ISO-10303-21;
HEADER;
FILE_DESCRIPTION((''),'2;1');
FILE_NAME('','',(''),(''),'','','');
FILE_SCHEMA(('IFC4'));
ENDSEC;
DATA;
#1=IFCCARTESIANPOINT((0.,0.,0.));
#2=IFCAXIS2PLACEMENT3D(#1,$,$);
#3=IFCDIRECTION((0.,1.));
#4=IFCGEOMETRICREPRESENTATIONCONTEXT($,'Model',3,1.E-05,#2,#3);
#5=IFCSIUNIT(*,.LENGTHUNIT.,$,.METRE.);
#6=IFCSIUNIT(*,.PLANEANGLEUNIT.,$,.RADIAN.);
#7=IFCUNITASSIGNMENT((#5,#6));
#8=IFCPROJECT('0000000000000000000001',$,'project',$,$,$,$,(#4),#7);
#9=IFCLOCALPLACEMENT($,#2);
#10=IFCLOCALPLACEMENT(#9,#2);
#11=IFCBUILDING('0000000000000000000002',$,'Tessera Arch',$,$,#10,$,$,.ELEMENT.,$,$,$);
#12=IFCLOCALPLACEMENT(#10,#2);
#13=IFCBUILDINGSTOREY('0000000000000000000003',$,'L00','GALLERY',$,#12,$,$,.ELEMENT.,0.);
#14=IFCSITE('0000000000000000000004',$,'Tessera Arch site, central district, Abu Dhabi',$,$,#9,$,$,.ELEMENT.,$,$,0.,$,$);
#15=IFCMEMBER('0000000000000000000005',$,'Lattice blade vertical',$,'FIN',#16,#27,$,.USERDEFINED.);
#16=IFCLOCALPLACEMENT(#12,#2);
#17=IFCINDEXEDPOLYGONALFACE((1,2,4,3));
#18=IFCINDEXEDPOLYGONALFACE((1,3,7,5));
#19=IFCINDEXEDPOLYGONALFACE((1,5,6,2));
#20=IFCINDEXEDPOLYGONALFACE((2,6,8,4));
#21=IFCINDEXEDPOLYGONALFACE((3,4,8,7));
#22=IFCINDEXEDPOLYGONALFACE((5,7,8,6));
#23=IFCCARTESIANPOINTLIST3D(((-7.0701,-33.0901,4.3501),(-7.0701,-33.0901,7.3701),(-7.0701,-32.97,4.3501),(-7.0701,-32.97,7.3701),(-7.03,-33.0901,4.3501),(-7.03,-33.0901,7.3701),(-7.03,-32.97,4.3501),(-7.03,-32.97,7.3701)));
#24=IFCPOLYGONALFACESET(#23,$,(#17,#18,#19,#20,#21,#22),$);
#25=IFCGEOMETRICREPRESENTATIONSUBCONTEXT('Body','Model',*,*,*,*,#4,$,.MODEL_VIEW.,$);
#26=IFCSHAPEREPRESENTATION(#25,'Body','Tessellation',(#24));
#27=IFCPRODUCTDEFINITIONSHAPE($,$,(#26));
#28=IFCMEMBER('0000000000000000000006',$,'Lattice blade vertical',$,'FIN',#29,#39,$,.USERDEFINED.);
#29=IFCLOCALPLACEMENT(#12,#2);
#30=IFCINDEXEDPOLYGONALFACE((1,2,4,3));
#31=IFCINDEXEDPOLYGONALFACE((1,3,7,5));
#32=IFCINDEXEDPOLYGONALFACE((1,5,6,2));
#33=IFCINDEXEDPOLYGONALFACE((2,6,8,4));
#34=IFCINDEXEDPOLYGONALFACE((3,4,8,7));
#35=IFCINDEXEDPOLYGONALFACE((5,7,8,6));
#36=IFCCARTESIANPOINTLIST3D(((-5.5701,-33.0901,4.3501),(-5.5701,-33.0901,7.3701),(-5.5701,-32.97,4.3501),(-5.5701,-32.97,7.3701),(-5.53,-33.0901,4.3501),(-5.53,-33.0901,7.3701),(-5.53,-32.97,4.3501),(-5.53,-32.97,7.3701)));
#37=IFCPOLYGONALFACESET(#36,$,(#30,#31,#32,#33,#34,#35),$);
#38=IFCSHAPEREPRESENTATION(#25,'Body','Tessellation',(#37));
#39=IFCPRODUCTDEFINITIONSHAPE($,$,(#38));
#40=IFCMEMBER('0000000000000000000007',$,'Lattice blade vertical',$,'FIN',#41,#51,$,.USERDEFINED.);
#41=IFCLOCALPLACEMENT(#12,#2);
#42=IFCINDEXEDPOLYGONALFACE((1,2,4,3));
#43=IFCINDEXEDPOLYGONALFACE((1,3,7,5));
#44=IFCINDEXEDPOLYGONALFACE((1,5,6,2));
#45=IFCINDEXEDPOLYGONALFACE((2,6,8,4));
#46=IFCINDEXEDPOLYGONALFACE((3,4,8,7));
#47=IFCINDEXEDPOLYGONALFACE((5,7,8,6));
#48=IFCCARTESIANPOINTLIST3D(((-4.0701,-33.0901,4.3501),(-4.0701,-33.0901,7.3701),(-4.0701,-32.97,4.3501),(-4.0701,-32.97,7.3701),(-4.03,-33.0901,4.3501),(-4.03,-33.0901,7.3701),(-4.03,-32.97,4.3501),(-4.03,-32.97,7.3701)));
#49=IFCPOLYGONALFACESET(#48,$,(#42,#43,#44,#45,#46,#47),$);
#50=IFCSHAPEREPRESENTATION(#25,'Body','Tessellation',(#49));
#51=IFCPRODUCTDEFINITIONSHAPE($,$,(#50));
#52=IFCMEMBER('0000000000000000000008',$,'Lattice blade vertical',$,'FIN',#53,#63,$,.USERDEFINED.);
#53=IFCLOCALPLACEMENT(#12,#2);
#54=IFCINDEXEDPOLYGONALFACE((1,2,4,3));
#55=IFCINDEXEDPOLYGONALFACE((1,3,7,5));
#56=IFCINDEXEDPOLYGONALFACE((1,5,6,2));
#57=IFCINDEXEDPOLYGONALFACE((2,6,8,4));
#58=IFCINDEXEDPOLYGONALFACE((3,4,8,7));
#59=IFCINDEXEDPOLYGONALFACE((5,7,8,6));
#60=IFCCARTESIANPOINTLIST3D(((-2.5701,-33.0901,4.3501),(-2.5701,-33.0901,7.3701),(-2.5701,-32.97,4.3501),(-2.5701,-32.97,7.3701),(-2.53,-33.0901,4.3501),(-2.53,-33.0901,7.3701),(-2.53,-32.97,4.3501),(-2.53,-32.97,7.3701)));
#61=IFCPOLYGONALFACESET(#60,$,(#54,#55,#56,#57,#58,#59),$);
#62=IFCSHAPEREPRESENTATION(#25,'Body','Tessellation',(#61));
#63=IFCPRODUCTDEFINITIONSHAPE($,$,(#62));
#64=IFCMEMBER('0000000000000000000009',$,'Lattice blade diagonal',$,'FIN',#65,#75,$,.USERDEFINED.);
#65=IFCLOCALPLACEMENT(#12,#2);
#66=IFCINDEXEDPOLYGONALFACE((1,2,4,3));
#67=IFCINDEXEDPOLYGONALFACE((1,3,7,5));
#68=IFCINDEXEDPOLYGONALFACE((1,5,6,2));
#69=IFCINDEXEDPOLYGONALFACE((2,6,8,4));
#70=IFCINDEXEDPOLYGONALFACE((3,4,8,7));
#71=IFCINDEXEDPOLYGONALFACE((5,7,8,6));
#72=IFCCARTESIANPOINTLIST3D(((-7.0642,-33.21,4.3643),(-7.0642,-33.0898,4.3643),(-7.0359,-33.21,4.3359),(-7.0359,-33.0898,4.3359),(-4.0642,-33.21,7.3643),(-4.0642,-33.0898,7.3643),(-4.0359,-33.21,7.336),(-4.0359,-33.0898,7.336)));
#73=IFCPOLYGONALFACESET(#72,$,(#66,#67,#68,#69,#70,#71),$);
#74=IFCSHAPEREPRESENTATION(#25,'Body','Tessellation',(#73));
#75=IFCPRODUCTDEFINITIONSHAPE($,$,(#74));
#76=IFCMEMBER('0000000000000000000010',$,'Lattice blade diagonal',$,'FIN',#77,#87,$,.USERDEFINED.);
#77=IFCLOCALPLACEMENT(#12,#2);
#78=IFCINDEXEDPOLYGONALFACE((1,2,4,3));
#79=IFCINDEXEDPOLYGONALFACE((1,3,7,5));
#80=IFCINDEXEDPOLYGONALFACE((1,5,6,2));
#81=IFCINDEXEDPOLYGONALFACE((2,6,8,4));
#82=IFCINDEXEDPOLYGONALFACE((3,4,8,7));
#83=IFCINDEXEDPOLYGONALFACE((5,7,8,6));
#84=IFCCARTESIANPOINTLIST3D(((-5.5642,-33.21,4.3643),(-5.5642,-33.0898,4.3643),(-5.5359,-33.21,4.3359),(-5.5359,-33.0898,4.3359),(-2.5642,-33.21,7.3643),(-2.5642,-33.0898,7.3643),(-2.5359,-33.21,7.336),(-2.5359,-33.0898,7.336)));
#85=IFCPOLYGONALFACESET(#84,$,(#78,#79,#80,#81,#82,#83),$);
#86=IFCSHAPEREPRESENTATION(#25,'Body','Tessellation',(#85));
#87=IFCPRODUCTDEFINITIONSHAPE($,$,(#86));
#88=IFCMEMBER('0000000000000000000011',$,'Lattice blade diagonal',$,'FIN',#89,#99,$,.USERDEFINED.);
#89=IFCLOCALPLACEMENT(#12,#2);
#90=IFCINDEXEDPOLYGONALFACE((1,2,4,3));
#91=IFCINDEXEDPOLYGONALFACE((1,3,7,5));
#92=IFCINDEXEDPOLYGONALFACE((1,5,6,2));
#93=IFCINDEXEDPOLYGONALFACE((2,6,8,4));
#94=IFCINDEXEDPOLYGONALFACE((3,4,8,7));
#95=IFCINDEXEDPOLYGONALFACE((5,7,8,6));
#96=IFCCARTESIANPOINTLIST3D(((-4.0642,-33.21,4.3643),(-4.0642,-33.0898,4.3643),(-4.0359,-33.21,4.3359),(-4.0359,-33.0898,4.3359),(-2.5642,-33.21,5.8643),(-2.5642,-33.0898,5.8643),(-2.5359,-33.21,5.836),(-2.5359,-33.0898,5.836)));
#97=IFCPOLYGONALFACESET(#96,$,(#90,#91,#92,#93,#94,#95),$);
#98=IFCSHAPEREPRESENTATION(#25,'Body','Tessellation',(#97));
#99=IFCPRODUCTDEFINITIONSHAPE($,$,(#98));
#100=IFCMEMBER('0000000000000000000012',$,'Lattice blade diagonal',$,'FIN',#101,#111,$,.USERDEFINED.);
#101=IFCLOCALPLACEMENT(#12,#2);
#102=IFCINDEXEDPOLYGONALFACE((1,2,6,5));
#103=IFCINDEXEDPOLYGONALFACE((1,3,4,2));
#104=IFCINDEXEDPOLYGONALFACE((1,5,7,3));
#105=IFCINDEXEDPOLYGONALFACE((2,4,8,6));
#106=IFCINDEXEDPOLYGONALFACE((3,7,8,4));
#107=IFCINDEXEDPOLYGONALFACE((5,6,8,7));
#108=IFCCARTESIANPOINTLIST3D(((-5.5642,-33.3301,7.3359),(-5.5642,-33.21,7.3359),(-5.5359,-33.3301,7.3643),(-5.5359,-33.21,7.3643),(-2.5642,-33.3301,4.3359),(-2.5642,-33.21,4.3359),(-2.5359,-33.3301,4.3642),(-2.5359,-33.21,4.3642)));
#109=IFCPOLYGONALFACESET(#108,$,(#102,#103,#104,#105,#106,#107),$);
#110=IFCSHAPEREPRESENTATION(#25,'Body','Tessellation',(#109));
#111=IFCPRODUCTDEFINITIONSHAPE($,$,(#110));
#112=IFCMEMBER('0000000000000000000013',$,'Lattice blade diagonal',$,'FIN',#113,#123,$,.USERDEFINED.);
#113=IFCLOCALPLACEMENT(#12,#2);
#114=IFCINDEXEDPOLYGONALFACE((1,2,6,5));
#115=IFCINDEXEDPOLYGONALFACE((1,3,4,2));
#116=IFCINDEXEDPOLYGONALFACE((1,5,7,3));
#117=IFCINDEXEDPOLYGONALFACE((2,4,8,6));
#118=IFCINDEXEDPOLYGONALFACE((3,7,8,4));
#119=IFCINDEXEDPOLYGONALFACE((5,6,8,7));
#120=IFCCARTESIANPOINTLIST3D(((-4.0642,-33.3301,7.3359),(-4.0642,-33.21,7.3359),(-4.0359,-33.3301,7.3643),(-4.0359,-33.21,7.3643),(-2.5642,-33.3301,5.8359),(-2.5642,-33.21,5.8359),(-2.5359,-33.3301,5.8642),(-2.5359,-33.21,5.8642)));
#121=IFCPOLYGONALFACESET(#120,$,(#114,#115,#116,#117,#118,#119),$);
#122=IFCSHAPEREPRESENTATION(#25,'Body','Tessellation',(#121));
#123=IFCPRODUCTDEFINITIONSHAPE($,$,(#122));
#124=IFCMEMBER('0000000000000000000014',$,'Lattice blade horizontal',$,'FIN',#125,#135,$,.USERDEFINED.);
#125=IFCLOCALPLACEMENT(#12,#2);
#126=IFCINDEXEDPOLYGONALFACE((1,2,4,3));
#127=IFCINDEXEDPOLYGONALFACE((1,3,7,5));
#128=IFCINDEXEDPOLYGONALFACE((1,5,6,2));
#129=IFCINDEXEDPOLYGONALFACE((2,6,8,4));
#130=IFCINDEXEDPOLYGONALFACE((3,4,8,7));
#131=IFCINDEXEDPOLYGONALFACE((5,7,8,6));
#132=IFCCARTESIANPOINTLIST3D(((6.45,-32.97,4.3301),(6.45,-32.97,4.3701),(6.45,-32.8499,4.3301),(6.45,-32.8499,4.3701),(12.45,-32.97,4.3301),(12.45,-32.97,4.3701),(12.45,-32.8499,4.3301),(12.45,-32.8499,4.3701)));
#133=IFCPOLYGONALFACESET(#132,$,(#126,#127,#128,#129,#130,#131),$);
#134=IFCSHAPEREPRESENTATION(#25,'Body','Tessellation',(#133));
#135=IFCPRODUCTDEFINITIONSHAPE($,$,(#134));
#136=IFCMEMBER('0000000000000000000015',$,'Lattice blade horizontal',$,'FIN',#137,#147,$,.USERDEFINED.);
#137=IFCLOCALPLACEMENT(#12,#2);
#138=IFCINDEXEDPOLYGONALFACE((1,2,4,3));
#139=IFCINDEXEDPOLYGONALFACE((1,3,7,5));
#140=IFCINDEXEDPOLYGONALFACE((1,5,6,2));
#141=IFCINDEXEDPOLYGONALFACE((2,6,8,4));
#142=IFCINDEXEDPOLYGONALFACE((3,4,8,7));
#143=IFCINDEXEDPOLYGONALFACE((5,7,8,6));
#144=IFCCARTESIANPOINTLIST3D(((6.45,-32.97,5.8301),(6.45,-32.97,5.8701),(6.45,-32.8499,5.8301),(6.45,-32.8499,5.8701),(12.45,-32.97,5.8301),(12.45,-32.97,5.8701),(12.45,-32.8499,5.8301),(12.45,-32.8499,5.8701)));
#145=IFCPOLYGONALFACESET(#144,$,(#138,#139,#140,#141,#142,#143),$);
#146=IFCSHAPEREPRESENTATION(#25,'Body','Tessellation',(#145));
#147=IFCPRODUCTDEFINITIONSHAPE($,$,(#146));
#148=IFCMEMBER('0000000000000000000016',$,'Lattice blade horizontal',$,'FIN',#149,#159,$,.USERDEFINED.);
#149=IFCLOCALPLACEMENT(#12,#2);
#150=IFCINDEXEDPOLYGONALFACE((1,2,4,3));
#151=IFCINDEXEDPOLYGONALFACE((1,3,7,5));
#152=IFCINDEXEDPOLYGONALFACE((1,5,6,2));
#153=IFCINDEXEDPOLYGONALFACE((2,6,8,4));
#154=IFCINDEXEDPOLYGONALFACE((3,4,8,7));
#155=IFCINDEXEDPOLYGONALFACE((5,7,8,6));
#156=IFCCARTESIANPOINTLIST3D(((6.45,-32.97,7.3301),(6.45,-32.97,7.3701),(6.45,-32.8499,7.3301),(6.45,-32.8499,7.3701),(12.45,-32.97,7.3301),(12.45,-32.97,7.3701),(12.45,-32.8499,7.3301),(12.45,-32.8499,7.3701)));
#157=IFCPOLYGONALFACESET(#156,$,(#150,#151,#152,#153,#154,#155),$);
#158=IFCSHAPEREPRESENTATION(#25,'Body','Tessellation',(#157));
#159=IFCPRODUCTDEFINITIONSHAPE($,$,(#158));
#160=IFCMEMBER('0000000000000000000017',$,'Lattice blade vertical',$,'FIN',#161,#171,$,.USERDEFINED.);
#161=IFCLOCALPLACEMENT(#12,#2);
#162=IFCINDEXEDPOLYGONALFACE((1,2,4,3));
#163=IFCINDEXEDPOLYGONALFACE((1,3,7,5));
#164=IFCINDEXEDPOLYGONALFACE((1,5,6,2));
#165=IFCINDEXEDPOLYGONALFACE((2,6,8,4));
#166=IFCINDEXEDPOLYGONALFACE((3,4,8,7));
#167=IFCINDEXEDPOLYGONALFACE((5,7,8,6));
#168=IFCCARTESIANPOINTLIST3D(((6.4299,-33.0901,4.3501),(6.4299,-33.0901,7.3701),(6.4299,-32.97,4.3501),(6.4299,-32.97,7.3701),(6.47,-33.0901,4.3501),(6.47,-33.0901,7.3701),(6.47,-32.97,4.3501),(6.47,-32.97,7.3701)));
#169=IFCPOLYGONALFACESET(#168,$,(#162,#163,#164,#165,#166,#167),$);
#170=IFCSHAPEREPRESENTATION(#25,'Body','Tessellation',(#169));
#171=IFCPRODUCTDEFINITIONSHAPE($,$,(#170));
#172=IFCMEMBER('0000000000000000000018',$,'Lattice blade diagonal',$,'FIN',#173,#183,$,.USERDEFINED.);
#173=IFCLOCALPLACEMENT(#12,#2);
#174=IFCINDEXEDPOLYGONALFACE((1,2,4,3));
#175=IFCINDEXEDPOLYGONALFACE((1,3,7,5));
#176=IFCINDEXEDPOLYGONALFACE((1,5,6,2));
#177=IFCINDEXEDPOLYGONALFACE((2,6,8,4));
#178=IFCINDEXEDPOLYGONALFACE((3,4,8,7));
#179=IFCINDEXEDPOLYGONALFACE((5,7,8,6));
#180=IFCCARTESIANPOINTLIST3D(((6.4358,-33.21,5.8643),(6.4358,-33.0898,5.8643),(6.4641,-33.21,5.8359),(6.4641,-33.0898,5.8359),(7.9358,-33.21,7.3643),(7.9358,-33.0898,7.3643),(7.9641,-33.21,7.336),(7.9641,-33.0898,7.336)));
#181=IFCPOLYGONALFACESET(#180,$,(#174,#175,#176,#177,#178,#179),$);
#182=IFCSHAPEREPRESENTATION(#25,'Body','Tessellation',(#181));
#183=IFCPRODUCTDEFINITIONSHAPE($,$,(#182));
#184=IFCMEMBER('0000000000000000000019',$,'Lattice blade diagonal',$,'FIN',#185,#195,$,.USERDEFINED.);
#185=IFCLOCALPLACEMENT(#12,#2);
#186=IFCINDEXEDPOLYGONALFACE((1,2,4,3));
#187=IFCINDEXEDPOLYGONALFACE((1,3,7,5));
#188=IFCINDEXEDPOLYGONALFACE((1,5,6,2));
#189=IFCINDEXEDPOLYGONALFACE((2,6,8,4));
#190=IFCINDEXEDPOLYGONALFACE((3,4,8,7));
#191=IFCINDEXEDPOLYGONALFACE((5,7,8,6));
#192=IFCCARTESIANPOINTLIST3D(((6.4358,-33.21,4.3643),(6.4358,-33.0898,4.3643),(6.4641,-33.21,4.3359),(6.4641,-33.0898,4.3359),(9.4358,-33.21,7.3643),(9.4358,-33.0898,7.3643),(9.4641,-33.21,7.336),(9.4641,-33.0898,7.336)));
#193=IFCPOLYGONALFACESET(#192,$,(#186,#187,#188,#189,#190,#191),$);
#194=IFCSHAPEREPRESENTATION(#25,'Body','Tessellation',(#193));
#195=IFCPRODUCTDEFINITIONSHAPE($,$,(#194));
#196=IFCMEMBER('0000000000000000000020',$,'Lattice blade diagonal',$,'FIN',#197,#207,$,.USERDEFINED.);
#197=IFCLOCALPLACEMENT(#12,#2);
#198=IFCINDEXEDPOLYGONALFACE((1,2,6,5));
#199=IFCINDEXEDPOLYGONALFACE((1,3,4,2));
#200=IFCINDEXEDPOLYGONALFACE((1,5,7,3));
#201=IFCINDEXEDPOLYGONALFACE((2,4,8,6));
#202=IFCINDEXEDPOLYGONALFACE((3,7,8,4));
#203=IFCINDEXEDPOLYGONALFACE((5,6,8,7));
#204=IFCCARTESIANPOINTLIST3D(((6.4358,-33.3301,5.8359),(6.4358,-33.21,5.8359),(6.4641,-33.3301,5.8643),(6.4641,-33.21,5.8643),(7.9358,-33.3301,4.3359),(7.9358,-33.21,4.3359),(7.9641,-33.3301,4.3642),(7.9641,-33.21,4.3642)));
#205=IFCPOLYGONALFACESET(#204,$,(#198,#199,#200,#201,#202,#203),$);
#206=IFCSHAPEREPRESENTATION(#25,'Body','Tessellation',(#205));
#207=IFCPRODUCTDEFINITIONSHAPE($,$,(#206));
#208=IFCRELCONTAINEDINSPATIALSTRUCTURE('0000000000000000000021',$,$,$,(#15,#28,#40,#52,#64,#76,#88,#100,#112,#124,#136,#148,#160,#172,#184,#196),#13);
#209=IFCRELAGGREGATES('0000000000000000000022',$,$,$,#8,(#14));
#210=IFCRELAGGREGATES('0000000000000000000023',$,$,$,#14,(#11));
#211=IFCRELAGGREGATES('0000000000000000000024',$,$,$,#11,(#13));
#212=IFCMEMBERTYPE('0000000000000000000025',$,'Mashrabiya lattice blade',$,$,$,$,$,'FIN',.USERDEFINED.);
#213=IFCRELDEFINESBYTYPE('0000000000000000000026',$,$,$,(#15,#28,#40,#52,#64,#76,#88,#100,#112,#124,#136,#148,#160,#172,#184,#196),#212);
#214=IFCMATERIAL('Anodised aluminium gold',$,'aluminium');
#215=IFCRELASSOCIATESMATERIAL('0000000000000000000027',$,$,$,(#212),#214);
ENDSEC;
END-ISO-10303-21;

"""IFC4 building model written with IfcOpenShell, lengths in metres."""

from ifc_helpers import new_model, si_unit, direction, frame, origin, origin_2d, place, context, subcontext, project, spatial, rectangle, extrude, material, material_profile, profile_set, type_object, element, save


model = new_model("IFC4")

# Units and contexts
model_context = context("Model", 3, precision=1e-05, world=origin(), true_north=direction((0.0, 1.0)))
body_context = subcontext(model_context, "Body", "Model", "MODEL_VIEW")
ifc_project = project(units=[si_unit("LENGTHUNIT", "METRE"), si_unit("PLANEANGLEUNIT", "RADIAN")], contexts=[model_context])

# Site, building, storey
site_placement = place(None, origin())
site = spatial("IfcSite", under=ifc_project, at=site_placement, Name="Tessera Arch site, central district, Abu Dhabi", CompositionType="ELEMENT", RefElevation=0.0)
building_placement = place(site_placement, origin())
building = spatial("IfcBuilding", under=site, at=building_placement, Name="Tessera Arch", CompositionType="ELEMENT")
storey_placement = place(building_placement, origin())
storey = spatial("IfcBuildingStorey", under=building, at=storey_placement, Name="L00", Description="GALLERY", CompositionType="ELEMENT", Elevation=0.0)

# Members
ifc_material_1 = material(Name="Anodised aluminium gold", Category="aluminium")
ifc_material_profile_1 = material_profile(ifc_material_1, rectangle(XDim=0.1201, YDim=0.04, at=origin_2d()), Name="AL 40x120")
ifc_profile_set_1 = profile_set([ifc_material_profile_1], Name="Anodised aluminium gold")
member_type_1 = type_object("IfcMemberType", Name="Mashrabiya lattice blade", ElementType="FIN", PredefinedType="USERDEFINED", material=ifc_profile_set_1)
for number, where, z_axis, x_axis, name in (
    (1, (-7.05, -33.03, 4.3501), (0.0, 0.0, 1.0), (0.0, -1.0, 0.0), "Lattice blade vertical"),
    (2, (-5.55, -33.03, 4.3501), (0.0, 0.0, 1.0), (0.0, -1.0, 0.0), "Lattice blade vertical"),
    (3, (-4.05, -33.03, 4.3501), (0.0, 0.0, 1.0), (0.0, -1.0, 0.0), "Lattice blade vertical"),
    (4, (-2.55, -33.03, 4.3501), (0.0, 0.0, 1.0), (0.0, -1.0, 0.0), "Lattice blade vertical"),
):
    element("IfcMember", number, at=place(storey_placement, frame(where, z_axis=z_axis, x_axis=x_axis)), inside=storey, type_object=member_type_1, Name=name, ObjectType="FIN", PredefinedType="USERDEFINED", context=body_context, shape_type="SweptSolid", body=[
        extrude(rectangle(XDim=0.1201, YDim=0.04, at=origin_2d()), origin(), (0.0, 0.0, 1.0), 3.02),
    ])
for number, where, z_axis, x_axis, name in (
    (5, (-7.05, -33.1499, 4.3501), (0.707107, 0.0, 0.707107), (0.0, 1.0, 0.0), "Lattice blade diagonal"),
    (6, (-5.55, -33.1499, 4.3501), (0.707107, 0.0, 0.707107), (0.0, 1.0, 0.0), "Lattice blade diagonal"),
):
    element("IfcMember", number, at=place(storey_placement, frame(where, z_axis=z_axis, x_axis=x_axis)), inside=storey, type_object=member_type_1, Name=name, ObjectType="FIN", PredefinedType="USERDEFINED", context=body_context, shape_type="SweptSolid", body=[
        extrude(rectangle(XDim=0.1201, YDim=0.04, at=origin_2d()), origin(), (0.0, 0.0, 1.0), 4.2427),
    ])
member_1_placement = place(storey_placement, frame((-4.05, -33.1499, 4.3501), z_axis=(0.707107, 0.0, 0.707107), x_axis=(0.0, 1.0, 0.0)))
element("IfcMember", 7, at=member_1_placement, inside=storey, type_object=member_type_1, Name="Lattice blade diagonal", ObjectType="FIN", PredefinedType="USERDEFINED", context=body_context, shape_type="SweptSolid", body=[
    extrude(rectangle(XDim=0.1201, YDim=0.04, at=origin_2d()), origin(), (0.0, 0.0, 1.0), 2.1213),
])
member_2_placement = place(storey_placement, frame((-5.55, -33.27, 7.3501), z_axis=(0.707107, 0.0, -0.707107), x_axis=(0.0, 1.0, 0.0)))
element("IfcMember", 8, at=member_2_placement, inside=storey, type_object=member_type_1, Name="Lattice blade diagonal", ObjectType="FIN", PredefinedType="USERDEFINED", context=body_context, shape_type="SweptSolid", body=[
    extrude(rectangle(XDim=0.1201, YDim=0.04, at=origin_2d()), origin(), (0.0, 0.0, 1.0), 4.2427),
])
member_3_placement = place(storey_placement, frame((-4.05, -33.27, 7.3501), z_axis=(0.707107, 0.0, -0.707107), x_axis=(0.0, 1.0, 0.0)))
element("IfcMember", 9, at=member_3_placement, inside=storey, type_object=member_type_1, Name="Lattice blade diagonal", ObjectType="FIN", PredefinedType="USERDEFINED", context=body_context, shape_type="SweptSolid", body=[
    extrude(rectangle(XDim=0.1201, YDim=0.04, at=origin_2d()), origin(), (0.0, 0.0, 1.0), 2.1213),
])
for number, where, z_axis, x_axis, name in (
    (10, (6.45, -32.9099, 4.3501), (1.0, 0.0, 0.0), (0.0, 1.0, 0.0), "Lattice blade horizontal"),
    (11, (6.45, -32.9099, 5.8501), (1.0, 0.0, 0.0), (0.0, 1.0, 0.0), "Lattice blade horizontal"),
    (12, (6.45, -32.9099, 7.3501), (1.0, 0.0, 0.0), (0.0, 1.0, 0.0), "Lattice blade horizontal"),
):
    element("IfcMember", number, at=place(storey_placement, frame(where, z_axis=z_axis, x_axis=x_axis)), inside=storey, type_object=member_type_1, Name=name, ObjectType="FIN", PredefinedType="USERDEFINED", context=body_context, shape_type="SweptSolid", body=[
        extrude(rectangle(XDim=0.1201, YDim=0.04, at=origin_2d()), origin(), (0.0, 0.0, 1.0), 6.0),
    ])
member_4_placement = place(storey_placement, frame((6.45, -33.03, 4.3501), z_axis=(0.0, 0.0, 1.0), x_axis=(0.0, -1.0, 0.0)))
element("IfcMember", 13, at=member_4_placement, inside=storey, type_object=member_type_1, Name="Lattice blade vertical", ObjectType="FIN", PredefinedType="USERDEFINED", context=body_context, shape_type="SweptSolid", body=[
    extrude(rectangle(XDim=0.1201, YDim=0.04, at=origin_2d()), origin(), (0.0, 0.0, 1.0), 3.02),
])
member_5_placement = place(storey_placement, frame((6.45, -33.1499, 5.8501), z_axis=(0.707107, 0.0, 0.707107), x_axis=(0.0, 1.0, 0.0)))
element("IfcMember", 14, at=member_5_placement, inside=storey, type_object=member_type_1, Name="Lattice blade diagonal", ObjectType="FIN", PredefinedType="USERDEFINED", context=body_context, shape_type="SweptSolid", body=[
    extrude(rectangle(XDim=0.1201, YDim=0.04, at=origin_2d()), origin(), (0.0, 0.0, 1.0), 2.1213),
])
member_6_placement = place(storey_placement, frame((6.45, -33.1499, 4.3501), z_axis=(0.707107, 0.0, 0.707107), x_axis=(0.0, 1.0, 0.0)))
element("IfcMember", 15, at=member_6_placement, inside=storey, type_object=member_type_1, Name="Lattice blade diagonal", ObjectType="FIN", PredefinedType="USERDEFINED", context=body_context, shape_type="SweptSolid", body=[
    extrude(rectangle(XDim=0.1201, YDim=0.04, at=origin_2d()), origin(), (0.0, 0.0, 1.0), 4.2427),
])
member_7_placement = place(storey_placement, frame((6.45, -33.27, 5.8501), z_axis=(0.707107, 0.0, -0.707107), x_axis=(0.0, 1.0, 0.0)))
element("IfcMember", 16, at=member_7_placement, inside=storey, type_object=member_type_1, Name="Lattice blade diagonal", ObjectType="FIN", PredefinedType="USERDEFINED", context=body_context, shape_type="SweptSolid", body=[
    extrude(rectangle(XDim=0.1201, YDim=0.04, at=origin_2d()), origin(), (0.0, 0.0, 1.0), 2.1213),
])

save(model, "model.ifc")
